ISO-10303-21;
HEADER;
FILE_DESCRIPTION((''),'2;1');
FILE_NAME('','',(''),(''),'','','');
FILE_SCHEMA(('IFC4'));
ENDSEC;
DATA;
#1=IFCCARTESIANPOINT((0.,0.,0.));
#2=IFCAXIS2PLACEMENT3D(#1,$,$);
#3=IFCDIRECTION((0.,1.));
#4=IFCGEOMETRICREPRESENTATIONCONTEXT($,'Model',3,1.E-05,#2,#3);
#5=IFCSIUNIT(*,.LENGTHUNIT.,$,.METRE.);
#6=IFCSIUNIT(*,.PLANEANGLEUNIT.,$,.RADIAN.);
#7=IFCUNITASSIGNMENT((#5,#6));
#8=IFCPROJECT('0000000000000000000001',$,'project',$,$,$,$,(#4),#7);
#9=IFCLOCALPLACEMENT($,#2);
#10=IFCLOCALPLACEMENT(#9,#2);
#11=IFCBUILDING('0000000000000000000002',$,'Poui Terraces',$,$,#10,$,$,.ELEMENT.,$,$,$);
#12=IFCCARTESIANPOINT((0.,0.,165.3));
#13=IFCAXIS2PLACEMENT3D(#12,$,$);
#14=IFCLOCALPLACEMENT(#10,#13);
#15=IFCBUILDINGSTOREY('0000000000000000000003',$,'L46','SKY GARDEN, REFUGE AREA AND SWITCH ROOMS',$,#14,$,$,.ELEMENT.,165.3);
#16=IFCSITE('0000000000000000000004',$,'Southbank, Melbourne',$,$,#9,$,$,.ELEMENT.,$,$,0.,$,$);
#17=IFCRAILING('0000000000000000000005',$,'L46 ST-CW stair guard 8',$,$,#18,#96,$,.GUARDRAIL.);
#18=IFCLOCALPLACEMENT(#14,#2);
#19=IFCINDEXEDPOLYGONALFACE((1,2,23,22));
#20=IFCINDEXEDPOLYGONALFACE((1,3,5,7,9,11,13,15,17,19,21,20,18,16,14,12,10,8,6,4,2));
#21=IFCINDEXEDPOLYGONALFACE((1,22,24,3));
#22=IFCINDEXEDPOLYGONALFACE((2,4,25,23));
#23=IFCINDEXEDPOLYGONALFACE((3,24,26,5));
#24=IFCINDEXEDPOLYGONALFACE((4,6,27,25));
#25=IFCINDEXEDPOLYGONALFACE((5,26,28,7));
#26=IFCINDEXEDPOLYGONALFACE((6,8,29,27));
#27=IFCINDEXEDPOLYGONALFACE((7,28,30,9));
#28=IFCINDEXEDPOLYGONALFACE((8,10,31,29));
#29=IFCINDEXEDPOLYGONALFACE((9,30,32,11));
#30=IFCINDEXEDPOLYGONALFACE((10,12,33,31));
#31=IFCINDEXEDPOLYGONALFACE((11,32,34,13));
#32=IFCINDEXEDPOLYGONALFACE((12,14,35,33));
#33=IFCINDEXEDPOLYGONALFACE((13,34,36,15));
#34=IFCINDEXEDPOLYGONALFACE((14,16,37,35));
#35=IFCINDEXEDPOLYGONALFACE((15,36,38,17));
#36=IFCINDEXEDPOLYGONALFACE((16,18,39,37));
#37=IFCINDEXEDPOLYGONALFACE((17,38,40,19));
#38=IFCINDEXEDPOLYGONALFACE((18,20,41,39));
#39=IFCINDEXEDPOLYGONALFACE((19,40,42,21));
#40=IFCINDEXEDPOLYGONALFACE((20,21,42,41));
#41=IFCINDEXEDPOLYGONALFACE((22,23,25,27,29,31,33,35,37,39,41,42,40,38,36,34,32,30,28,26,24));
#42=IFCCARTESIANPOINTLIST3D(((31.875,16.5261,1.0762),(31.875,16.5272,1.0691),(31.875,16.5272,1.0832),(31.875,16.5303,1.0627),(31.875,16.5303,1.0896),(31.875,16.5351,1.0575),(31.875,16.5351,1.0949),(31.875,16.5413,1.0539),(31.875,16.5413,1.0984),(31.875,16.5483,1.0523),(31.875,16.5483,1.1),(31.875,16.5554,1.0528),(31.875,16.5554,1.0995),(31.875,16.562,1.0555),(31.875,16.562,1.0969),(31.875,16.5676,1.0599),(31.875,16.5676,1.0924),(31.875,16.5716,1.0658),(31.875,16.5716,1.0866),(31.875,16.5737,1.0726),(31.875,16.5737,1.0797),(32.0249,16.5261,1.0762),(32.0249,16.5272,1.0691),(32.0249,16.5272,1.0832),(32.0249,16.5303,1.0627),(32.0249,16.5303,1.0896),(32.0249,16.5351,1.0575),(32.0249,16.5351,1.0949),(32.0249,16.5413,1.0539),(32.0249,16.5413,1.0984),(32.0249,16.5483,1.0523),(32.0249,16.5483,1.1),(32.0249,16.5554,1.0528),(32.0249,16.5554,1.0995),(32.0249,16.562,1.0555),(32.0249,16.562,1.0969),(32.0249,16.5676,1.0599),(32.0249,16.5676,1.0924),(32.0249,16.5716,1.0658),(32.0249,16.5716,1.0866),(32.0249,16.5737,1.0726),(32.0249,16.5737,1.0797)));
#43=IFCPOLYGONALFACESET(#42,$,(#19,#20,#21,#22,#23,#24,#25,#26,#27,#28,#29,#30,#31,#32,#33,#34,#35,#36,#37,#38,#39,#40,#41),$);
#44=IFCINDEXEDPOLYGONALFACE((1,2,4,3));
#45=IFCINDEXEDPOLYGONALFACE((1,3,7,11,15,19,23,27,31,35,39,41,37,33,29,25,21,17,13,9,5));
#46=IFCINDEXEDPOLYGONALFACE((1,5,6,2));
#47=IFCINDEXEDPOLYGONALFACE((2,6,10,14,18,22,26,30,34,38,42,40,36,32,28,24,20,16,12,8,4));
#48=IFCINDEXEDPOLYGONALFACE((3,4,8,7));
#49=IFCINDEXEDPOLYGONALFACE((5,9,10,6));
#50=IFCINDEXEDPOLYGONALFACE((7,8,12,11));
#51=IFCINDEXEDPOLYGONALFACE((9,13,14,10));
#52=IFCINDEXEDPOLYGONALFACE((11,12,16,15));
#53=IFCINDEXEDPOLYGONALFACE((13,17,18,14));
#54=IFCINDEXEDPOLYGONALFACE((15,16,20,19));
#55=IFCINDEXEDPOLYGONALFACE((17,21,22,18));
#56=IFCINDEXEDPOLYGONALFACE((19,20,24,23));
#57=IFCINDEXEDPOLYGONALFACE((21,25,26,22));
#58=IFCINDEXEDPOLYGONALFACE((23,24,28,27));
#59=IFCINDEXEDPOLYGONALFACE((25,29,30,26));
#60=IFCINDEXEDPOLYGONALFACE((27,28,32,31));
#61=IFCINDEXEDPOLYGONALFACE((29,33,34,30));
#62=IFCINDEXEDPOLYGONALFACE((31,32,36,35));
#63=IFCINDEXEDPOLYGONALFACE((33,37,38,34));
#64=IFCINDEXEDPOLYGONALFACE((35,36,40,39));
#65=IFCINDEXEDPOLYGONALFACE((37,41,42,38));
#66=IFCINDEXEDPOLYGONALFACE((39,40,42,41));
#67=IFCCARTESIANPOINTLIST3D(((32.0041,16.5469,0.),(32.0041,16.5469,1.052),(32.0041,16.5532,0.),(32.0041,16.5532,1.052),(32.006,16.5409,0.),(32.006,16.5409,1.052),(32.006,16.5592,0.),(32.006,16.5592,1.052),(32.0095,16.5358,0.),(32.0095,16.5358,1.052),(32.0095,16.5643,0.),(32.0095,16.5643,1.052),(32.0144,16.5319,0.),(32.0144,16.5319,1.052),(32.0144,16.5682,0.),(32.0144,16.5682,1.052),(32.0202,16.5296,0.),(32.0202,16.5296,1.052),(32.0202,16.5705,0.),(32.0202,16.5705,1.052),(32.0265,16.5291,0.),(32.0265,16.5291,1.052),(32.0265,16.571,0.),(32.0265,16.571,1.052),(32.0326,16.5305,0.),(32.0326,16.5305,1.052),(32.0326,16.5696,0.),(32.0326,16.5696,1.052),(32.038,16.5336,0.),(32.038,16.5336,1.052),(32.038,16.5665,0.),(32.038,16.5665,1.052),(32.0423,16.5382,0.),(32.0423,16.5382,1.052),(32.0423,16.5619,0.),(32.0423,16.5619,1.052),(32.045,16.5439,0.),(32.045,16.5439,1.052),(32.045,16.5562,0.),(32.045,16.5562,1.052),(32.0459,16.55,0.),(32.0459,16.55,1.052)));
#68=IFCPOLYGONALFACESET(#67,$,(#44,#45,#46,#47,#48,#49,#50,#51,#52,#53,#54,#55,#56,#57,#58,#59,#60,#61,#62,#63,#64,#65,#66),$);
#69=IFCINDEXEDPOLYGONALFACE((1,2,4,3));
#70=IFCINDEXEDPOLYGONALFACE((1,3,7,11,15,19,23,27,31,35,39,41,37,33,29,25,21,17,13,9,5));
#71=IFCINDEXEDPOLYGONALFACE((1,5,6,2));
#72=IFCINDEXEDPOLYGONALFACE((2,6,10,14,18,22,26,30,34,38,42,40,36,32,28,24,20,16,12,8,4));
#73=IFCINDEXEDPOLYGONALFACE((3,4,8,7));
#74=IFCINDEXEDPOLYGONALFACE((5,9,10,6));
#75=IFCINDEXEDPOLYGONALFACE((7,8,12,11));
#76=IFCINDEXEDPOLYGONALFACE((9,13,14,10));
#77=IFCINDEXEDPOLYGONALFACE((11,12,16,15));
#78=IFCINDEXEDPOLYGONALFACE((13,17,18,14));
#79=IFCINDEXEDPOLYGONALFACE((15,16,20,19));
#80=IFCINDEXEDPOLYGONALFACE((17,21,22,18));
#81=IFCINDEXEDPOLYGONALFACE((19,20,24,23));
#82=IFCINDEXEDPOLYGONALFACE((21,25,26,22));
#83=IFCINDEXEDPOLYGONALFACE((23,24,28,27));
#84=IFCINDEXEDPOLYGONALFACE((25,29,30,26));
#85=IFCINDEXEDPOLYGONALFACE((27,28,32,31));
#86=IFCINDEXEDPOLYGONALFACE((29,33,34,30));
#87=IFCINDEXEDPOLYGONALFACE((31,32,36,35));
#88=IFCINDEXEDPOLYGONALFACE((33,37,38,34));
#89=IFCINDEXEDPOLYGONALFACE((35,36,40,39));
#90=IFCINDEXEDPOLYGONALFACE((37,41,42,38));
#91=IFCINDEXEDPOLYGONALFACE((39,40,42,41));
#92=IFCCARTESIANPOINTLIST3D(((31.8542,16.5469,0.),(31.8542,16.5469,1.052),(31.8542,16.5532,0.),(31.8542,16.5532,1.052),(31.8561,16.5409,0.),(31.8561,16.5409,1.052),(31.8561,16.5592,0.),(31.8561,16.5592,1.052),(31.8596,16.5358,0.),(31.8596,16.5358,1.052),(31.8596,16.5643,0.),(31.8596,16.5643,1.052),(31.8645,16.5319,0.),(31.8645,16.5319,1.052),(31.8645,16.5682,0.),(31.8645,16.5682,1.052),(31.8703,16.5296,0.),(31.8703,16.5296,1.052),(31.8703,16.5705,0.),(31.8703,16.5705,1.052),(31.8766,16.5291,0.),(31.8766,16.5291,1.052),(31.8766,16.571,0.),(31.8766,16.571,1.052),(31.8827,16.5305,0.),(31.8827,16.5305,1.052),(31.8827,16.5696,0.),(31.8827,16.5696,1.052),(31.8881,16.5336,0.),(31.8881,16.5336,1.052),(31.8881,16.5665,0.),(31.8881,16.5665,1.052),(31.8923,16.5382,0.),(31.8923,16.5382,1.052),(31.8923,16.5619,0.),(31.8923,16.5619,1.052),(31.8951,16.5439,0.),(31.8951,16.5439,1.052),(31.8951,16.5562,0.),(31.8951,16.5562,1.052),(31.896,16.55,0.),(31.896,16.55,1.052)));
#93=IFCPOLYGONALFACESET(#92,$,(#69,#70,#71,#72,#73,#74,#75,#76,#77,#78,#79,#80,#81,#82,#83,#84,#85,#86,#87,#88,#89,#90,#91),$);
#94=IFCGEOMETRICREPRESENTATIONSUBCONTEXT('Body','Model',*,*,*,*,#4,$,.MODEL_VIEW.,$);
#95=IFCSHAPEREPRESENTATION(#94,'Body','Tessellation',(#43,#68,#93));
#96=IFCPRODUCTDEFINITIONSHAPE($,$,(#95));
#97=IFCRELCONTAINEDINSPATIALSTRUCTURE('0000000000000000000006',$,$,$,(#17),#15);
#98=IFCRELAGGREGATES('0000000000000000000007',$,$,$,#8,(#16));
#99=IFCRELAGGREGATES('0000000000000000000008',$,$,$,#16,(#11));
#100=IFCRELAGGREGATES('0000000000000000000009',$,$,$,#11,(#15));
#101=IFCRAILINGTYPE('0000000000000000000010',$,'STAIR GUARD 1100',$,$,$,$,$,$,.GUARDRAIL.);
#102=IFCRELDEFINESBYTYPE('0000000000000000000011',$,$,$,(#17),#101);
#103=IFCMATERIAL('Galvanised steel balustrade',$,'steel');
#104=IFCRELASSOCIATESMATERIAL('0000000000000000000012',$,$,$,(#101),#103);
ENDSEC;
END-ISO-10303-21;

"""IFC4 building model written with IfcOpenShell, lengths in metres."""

from ifc_helpers import new_model, si_unit, direction, frame, origin, origin_2d, place, context, subcontext, project, spatial, circle, extrude, material, type_object, element, save


model = new_model("IFC4")

# Units and contexts
model_context = context("Model", 3, precision=1e-05, world=origin(), true_north=direction((0.0, 1.0)))
body_context = subcontext(model_context, "Body", "Model", "MODEL_VIEW")
ifc_project = project(units=[si_unit("LENGTHUNIT", "METRE"), si_unit("PLANEANGLEUNIT", "RADIAN")], contexts=[model_context])

# Site, building, storey
site_placement = place(None, origin())
site = spatial("IfcSite", under=ifc_project, at=site_placement, Name="Southbank, Melbourne", CompositionType="ELEMENT", RefElevation=0.0)
building_placement = place(site_placement, origin())
building = spatial("IfcBuilding", under=site, at=building_placement, Name="Poui Terraces", CompositionType="ELEMENT")
storey_placement = place(building_placement, frame((0.0, 0.0, 165.3)))
storey = spatial("IfcBuildingStorey", under=building, at=storey_placement, Name="L46", Description="SKY GARDEN, REFUGE AREA AND SWITCH ROOMS", CompositionType="ELEMENT", Elevation=165.3)

# Railing
ifc_material_1 = material(Name="Galvanised steel balustrade", Category="steel")
railing_type = type_object("IfcRailingType", Name="STAIR GUARD 1100", PredefinedType="GUARDRAIL", material=ifc_material_1)
for number, where, name in (
    (1, (32.0249, 16.55, 0.0), "L46 ST-CW stair guard 8"),
):
    element("IfcRailing", number, at=place(storey_placement, frame(where)), inside=storey, type_object=railing_type, Name=name, PredefinedType="GUARDRAIL", context=body_context, shape_type="SweptSolid", body=[
        extrude(circle(Radius=0.0239, at=origin_2d()), frame((0.0, 0.0, 1.0762), z_axis=(-1.0, 0.0, 0.0), x_axis=(0.0, -1.0, 0.0)), (0.0, 0.0, 1.0), 0.1499),
        extrude(circle(Radius=0.021, at=origin_2d()), origin(), (0.0, 0.0, 1.0), 1.052),
        extrude(circle(Radius=0.021, at=origin_2d()), frame((-0.1499, 0.0, 0.0)), (0.0, 0.0, 1.0), 1.052),
    ])

save(model, "model.ifc")
